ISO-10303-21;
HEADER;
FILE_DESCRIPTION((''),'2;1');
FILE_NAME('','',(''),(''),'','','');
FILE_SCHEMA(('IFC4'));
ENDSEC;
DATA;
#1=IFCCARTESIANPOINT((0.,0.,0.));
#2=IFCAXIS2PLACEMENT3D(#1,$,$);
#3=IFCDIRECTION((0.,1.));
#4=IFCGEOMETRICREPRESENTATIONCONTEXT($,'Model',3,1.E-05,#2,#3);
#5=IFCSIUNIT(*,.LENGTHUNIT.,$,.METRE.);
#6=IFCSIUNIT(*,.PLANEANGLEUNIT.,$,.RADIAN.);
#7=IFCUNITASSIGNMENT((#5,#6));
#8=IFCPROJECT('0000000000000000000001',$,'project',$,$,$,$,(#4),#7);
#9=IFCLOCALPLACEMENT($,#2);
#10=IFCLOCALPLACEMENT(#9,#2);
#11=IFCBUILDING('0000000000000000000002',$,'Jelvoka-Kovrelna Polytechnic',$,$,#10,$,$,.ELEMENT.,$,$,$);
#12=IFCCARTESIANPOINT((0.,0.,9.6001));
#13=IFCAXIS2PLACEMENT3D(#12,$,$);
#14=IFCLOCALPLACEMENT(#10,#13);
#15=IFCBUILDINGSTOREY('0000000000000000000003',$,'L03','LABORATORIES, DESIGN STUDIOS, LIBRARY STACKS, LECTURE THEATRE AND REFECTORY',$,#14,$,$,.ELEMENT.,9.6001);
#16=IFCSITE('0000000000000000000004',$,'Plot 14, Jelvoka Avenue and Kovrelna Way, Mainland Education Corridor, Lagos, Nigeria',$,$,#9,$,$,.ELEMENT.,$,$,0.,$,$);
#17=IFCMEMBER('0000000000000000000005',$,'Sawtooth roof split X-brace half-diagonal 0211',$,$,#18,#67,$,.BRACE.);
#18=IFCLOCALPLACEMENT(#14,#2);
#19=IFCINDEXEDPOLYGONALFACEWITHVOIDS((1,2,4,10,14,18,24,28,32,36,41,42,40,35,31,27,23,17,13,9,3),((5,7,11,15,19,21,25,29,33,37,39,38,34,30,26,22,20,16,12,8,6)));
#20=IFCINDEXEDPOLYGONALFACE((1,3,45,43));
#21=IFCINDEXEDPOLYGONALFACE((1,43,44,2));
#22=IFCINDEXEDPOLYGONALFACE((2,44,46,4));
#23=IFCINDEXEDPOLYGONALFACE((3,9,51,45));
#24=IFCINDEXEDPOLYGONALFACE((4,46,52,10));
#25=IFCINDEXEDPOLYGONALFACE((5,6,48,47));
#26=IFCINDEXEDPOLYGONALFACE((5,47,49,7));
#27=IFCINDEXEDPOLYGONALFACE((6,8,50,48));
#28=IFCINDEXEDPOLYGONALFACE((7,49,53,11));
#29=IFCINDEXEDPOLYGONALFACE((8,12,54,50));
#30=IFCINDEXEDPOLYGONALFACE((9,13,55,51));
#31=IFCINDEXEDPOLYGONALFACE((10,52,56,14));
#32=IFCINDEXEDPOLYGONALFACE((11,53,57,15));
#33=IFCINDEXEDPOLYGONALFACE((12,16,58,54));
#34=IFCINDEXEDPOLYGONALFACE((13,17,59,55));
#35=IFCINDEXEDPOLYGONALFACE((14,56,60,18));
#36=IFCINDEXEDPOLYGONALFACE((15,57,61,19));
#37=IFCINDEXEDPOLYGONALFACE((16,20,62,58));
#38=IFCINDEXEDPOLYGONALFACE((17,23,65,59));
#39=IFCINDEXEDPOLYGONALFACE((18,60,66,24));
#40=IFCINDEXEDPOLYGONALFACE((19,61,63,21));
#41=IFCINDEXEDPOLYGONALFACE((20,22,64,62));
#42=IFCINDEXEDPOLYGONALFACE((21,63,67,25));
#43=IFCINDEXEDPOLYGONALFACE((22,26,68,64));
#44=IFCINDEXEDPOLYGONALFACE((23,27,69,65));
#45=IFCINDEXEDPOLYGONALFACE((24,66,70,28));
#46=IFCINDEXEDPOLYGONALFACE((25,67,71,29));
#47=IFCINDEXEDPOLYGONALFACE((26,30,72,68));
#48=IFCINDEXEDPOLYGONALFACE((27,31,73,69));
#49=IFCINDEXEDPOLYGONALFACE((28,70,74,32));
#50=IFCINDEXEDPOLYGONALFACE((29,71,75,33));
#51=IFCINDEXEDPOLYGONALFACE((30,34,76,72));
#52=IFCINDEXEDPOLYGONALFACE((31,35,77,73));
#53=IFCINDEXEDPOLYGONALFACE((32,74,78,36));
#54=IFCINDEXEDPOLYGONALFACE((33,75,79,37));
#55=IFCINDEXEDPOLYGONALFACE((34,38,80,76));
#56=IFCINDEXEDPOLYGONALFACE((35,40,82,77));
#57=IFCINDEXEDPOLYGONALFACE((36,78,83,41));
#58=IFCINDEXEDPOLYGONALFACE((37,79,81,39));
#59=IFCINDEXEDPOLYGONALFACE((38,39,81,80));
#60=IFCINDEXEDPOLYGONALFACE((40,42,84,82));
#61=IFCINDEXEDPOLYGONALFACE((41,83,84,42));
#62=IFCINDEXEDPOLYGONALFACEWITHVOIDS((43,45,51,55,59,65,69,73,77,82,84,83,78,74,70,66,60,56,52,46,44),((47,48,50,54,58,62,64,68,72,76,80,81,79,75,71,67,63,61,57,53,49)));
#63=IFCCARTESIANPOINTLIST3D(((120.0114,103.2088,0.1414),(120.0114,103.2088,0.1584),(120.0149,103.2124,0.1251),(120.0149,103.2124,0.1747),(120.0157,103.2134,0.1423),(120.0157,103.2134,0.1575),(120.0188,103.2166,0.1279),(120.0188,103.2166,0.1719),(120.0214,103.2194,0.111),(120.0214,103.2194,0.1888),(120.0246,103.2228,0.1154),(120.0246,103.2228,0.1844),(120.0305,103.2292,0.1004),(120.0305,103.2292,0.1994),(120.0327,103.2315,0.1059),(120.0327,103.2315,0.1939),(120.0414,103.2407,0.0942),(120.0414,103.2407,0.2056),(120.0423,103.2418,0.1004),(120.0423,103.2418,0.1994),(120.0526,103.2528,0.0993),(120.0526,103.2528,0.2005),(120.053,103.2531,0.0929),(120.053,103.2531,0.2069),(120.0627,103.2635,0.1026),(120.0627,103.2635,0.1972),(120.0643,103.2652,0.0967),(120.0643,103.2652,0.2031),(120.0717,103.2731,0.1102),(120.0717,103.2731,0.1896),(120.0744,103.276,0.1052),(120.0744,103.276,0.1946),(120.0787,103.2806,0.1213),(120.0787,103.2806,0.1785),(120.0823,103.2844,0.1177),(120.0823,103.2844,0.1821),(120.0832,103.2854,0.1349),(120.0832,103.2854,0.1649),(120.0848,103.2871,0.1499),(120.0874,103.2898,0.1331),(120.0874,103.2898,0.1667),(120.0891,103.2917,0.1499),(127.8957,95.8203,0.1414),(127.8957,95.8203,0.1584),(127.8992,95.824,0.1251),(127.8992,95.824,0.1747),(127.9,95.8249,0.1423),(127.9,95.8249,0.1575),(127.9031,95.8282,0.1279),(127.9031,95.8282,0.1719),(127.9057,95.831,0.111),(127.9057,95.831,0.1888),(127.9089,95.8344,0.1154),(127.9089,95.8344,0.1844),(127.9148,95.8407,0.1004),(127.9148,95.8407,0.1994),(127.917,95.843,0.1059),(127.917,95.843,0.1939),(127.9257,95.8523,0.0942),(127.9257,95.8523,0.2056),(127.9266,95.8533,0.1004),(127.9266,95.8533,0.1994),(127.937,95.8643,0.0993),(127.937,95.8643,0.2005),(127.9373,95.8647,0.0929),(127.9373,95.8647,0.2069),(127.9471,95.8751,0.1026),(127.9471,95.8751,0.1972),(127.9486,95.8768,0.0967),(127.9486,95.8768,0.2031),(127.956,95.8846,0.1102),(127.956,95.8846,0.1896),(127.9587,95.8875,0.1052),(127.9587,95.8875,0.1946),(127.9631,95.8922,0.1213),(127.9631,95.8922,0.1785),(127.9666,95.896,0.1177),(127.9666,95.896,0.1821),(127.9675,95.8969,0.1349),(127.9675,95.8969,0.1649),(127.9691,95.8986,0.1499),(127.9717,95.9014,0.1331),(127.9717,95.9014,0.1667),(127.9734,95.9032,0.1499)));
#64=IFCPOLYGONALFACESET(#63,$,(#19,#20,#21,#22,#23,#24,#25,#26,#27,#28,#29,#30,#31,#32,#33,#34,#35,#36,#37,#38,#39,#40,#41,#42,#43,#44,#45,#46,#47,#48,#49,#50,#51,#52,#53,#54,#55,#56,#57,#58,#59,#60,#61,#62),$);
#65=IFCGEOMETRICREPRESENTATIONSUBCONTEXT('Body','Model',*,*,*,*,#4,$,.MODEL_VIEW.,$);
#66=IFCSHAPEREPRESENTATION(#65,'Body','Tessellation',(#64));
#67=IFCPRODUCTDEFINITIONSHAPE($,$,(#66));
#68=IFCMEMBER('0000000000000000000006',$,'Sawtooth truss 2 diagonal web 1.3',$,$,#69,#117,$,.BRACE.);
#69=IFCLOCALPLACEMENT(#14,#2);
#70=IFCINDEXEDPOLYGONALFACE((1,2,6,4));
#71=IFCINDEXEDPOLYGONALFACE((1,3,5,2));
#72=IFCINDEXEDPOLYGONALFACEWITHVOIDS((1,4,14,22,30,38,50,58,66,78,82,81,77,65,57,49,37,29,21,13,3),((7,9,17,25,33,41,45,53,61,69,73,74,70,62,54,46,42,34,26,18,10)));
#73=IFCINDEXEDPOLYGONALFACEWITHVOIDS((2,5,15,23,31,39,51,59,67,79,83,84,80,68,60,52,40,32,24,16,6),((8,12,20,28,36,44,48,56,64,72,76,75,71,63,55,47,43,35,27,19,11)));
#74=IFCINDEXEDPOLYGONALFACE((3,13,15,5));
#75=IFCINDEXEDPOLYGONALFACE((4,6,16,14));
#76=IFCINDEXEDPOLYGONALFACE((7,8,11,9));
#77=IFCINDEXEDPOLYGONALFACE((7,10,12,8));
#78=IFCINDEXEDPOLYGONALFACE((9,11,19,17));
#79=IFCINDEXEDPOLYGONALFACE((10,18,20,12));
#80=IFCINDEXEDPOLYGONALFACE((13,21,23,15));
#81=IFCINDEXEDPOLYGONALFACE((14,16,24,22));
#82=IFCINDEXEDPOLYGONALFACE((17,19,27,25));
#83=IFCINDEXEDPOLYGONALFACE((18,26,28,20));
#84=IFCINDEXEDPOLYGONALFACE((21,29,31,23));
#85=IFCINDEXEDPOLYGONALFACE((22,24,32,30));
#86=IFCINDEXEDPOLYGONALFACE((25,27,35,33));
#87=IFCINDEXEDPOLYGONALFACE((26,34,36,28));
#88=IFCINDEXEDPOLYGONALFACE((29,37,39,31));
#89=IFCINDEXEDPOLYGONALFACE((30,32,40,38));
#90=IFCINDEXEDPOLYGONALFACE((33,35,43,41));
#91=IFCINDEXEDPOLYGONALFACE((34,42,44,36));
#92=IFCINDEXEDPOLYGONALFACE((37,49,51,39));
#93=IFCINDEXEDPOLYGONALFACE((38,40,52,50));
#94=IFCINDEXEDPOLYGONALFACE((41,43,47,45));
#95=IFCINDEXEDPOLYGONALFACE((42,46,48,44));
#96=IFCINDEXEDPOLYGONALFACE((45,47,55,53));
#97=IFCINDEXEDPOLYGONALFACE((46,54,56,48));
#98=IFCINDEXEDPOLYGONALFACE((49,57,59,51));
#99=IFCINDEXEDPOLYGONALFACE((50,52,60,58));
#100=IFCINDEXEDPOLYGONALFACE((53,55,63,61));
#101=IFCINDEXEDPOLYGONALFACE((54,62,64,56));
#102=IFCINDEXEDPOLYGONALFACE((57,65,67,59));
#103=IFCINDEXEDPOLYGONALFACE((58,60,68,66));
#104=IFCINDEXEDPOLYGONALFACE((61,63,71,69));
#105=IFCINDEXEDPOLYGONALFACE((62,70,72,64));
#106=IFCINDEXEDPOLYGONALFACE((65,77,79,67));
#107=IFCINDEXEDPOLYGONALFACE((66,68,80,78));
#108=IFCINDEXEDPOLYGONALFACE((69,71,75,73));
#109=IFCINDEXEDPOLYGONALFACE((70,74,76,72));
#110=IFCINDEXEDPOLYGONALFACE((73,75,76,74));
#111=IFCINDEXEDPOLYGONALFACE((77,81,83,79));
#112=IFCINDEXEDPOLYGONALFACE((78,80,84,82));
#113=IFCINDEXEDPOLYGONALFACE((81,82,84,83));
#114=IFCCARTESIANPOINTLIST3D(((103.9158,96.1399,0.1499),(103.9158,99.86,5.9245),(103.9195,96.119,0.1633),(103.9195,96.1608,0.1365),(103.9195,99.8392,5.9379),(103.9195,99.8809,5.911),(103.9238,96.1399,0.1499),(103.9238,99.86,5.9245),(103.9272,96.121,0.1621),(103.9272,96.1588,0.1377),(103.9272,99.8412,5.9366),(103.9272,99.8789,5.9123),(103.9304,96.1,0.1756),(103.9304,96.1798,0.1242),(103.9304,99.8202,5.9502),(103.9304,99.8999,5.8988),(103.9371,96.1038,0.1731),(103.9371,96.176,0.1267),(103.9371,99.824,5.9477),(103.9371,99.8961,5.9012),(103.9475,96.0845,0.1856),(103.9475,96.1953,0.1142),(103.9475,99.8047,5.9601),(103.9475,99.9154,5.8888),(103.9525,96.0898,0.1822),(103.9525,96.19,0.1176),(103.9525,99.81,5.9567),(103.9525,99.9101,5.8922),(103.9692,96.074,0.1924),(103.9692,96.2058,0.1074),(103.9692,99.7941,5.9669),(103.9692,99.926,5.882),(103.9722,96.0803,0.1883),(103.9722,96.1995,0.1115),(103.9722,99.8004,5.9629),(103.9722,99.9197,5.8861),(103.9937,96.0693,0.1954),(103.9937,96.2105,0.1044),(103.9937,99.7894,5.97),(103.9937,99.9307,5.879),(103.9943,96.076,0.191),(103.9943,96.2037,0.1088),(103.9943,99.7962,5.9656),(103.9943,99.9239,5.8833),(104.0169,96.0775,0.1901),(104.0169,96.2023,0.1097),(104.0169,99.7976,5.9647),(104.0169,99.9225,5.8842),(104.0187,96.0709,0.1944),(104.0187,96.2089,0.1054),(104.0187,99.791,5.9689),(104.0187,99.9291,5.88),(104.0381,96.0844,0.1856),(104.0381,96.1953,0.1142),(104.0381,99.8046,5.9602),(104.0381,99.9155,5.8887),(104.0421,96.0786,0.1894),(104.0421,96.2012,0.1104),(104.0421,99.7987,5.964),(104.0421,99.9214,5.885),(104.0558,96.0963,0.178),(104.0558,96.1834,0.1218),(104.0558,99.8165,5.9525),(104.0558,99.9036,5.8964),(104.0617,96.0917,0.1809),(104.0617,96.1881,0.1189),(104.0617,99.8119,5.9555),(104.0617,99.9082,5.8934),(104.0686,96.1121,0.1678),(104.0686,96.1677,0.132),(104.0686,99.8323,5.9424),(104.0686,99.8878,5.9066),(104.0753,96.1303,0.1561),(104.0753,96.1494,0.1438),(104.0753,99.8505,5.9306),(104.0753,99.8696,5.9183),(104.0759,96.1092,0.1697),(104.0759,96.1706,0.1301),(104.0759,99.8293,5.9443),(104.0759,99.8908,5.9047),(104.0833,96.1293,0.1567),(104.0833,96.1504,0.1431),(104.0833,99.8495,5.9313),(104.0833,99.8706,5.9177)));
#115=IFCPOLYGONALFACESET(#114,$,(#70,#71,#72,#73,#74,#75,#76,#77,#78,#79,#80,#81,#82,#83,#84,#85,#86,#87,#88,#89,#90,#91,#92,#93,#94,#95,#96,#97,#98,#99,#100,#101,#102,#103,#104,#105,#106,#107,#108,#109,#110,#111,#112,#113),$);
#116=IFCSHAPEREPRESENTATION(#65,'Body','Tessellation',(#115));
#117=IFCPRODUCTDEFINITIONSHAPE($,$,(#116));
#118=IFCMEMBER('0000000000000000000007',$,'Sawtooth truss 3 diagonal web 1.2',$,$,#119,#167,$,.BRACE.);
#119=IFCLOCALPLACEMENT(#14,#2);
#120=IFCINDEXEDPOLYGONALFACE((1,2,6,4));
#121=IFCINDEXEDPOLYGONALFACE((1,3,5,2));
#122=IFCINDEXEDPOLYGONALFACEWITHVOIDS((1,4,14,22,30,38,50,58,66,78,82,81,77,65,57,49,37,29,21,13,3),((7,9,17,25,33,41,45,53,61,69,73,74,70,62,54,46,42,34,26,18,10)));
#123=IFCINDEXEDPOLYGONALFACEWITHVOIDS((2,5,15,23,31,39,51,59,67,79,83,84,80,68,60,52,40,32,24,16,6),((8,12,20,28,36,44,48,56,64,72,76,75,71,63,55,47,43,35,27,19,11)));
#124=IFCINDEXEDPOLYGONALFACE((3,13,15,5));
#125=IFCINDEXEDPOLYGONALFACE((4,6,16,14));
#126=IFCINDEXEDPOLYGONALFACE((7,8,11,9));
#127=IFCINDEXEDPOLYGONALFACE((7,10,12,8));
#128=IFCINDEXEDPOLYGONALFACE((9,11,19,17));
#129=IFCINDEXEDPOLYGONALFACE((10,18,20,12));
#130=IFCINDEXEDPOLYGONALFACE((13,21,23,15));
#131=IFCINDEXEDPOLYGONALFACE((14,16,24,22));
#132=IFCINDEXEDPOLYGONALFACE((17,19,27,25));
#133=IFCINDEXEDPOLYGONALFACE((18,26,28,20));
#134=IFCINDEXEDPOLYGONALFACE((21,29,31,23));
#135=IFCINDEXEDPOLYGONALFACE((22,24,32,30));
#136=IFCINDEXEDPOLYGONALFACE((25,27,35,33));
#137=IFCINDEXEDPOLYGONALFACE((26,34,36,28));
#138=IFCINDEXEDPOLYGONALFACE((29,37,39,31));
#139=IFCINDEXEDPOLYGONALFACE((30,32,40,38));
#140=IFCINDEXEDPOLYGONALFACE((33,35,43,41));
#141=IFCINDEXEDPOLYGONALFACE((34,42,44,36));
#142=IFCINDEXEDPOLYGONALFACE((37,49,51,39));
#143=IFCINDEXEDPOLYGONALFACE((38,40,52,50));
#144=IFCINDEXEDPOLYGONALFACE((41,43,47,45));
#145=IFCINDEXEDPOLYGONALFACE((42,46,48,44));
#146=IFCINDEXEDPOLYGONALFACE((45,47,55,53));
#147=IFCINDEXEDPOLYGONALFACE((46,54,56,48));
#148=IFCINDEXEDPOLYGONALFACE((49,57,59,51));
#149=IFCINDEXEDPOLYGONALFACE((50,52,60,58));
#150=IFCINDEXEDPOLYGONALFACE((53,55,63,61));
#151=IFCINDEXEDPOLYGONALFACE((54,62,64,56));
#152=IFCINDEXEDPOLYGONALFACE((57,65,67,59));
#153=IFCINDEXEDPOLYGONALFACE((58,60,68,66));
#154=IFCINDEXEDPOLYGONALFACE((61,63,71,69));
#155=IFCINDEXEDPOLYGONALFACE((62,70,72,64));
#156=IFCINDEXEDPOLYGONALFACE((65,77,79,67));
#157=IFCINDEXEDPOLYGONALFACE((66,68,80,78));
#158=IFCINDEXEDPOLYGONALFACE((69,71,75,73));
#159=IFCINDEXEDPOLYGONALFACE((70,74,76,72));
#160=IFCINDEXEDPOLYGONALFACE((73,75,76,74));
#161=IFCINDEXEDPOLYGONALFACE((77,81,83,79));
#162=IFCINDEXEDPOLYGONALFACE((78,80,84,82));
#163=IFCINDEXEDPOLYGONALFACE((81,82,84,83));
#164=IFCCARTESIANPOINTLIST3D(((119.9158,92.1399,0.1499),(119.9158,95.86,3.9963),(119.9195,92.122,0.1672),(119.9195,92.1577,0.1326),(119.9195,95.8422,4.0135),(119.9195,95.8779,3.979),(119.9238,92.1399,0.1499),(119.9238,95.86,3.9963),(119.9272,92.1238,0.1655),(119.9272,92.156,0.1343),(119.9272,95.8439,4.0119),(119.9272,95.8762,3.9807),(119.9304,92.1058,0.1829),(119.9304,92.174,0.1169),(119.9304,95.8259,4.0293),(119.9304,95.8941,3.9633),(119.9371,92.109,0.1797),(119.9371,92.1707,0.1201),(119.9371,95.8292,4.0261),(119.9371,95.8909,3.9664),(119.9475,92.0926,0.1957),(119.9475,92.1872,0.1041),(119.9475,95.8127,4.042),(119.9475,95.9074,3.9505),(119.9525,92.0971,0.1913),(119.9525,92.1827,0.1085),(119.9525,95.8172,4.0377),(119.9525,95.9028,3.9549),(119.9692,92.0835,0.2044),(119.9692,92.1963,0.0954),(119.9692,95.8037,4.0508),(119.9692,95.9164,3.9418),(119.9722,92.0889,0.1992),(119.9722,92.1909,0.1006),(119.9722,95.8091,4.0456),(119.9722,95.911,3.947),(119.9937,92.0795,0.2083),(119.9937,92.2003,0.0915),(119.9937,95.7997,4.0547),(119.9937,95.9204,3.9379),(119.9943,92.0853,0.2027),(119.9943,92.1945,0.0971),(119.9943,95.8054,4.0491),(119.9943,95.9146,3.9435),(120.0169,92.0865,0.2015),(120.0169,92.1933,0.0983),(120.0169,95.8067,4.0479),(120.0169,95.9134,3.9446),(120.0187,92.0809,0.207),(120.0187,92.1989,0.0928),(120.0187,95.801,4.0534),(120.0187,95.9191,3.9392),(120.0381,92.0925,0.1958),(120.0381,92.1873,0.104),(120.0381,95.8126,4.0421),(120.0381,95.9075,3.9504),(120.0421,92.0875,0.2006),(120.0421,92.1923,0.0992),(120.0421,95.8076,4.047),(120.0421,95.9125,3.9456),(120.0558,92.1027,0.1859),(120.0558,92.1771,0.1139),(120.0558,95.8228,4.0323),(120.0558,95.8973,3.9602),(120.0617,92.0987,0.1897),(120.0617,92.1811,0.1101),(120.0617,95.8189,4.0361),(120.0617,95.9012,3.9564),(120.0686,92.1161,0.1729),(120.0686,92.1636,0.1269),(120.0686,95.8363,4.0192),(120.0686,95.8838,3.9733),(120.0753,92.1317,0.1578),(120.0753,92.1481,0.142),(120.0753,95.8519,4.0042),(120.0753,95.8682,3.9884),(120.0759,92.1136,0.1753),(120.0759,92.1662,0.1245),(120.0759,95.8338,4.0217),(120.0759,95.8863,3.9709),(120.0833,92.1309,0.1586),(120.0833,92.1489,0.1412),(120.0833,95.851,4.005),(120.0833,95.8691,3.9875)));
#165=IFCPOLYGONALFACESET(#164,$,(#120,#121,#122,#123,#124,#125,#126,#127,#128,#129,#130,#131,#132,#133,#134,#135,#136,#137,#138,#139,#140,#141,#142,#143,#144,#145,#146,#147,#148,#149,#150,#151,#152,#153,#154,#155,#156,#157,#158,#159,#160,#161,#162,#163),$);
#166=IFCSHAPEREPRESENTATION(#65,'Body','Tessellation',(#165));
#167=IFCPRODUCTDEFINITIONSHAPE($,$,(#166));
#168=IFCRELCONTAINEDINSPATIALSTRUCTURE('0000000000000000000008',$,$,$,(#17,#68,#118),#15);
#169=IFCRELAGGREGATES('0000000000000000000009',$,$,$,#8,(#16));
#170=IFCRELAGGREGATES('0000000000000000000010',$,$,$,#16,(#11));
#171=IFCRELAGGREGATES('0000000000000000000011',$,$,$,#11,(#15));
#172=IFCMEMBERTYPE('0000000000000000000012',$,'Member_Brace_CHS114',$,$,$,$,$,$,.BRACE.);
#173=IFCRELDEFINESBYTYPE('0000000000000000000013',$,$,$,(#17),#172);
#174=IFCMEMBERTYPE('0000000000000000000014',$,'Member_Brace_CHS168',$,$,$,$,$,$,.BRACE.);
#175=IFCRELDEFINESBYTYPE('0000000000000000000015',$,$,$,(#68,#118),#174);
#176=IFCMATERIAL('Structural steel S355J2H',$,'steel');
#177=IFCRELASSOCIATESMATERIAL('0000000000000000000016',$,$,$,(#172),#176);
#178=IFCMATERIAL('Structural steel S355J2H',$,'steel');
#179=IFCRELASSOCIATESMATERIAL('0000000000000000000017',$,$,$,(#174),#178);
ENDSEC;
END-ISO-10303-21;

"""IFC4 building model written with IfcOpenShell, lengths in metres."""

from ifc_helpers import new_model, si_unit, direction, frame, origin, origin_2d, place, context, subcontext, project, spatial, hollow_circle, extrude, material, material_profile, profile_set, type_object, element, save


model = new_model("IFC4")

# Units and contexts
model_context = context("Model", 3, precision=1e-05, world=origin(), true_north=direction((0.0, 1.0)))
body_context = subcontext(model_context, "Body", "Model", "MODEL_VIEW")
ifc_project = project(units=[si_unit("LENGTHUNIT", "METRE"), si_unit("PLANEANGLEUNIT", "RADIAN")], contexts=[model_context])

# Site, building, storey
site_placement = place(None, origin())
site = spatial("IfcSite", under=ifc_project, at=site_placement, Name="Plot 14, Jelvoka Avenue and Kovrelna Way, Mainland Education Corridor, Lagos, Nigeria", CompositionType="ELEMENT", RefElevation=0.0)
building_placement = place(site_placement, origin())
building = spatial("IfcBuilding", under=site, at=building_placement, Name="Jelvoka-Kovrelna Polytechnic", CompositionType="ELEMENT")
storey_placement = place(building_placement, frame((0.0, 0.0, 9.6001)))
storey = spatial("IfcBuildingStorey", under=building, at=storey_placement, Name="L03", Description="LABORATORIES, DESIGN STUDIOS, LIBRARY STACKS, LECTURE THEATRE AND REFECTORY", CompositionType="ELEMENT", Elevation=9.6001)

# Members
ifc_material_1 = material(Name="Structural steel S355J2H", Category="steel")
ifc_material_profile_1 = material_profile(ifc_material_1, hollow_circle(Radius=0.0571, WallThickness=0.0063, at=origin_2d()), Name="114.3x6.3 CHS")
ifc_profile_set_1 = profile_set([ifc_material_profile_1], Name="Structural steel S355J2H")
member_type_1 = type_object("IfcMemberType", Name="Member_Brace_CHS114", PredefinedType="BRACE", material=ifc_profile_set_1)
member_1_placement = place(storey_placement, frame((120.05, 103.25, 0.1499), z_axis=(0.72968, -0.683789, 0.0), x_axis=(0.683789, 0.72968, 0.0)))
element("IfcMember", 1, at=member_1_placement, inside=storey, type_object=member_type_1, Name="Sawtooth roof split X-brace half-diagonal 0211", PredefinedType="BRACE", context=body_context, shape_type="SweptSolid", body=[
    extrude(hollow_circle(Radius=0.0571, WallThickness=0.0063, at=origin_2d()), origin(), (0.0, 0.0, 1.0), 10.8052),
])
ifc_material_2 = material(Name="Structural steel S355J2H", Category="steel")
ifc_material_profile_2 = material_profile(ifc_material_2, hollow_circle(Radius=0.0842, WallThickness=0.0081, at=origin_2d()), Name="168.3x8.0 CHS")
ifc_profile_set_2 = profile_set([ifc_material_profile_2], Name="Structural steel S355J2H")
member_type_2 = type_object("IfcMemberType", Name="Member_Brace_CHS168", PredefinedType="BRACE", material=ifc_profile_set_2)
member_2_placement = place(storey_placement, frame((104.0, 96.1399, 0.1499), z_axis=(0.0, 0.541575, 0.840653), x_axis=(-1.0, 0.0, 0.0)))
element("IfcMember", 2, at=member_2_placement, inside=storey, type_object=member_type_2, Name="Sawtooth truss 2 diagonal web 1.3", PredefinedType="BRACE", context=body_context, shape_type="SweptSolid", body=[
    extrude(hollow_circle(Radius=0.0842, WallThickness=0.0081, at=origin_2d()), origin(), (0.0, 0.0, 1.0), 6.8691),
])
member_3_placement = place(storey_placement, frame((120.0, 92.1399, 0.1499), z_axis=(0.0, 0.695215, 0.718802), x_axis=(-1.0, 0.0, 0.0)))
element("IfcMember", 3, at=member_3_placement, inside=storey, type_object=member_type_2, Name="Sawtooth truss 3 diagonal web 1.2", PredefinedType="BRACE", context=body_context, shape_type="SweptSolid", body=[
    extrude(hollow_circle(Radius=0.0842, WallThickness=0.0081, at=origin_2d()), origin(), (0.0, 0.0, 1.0), 5.3511),
])

save(model, "model.ifc")
